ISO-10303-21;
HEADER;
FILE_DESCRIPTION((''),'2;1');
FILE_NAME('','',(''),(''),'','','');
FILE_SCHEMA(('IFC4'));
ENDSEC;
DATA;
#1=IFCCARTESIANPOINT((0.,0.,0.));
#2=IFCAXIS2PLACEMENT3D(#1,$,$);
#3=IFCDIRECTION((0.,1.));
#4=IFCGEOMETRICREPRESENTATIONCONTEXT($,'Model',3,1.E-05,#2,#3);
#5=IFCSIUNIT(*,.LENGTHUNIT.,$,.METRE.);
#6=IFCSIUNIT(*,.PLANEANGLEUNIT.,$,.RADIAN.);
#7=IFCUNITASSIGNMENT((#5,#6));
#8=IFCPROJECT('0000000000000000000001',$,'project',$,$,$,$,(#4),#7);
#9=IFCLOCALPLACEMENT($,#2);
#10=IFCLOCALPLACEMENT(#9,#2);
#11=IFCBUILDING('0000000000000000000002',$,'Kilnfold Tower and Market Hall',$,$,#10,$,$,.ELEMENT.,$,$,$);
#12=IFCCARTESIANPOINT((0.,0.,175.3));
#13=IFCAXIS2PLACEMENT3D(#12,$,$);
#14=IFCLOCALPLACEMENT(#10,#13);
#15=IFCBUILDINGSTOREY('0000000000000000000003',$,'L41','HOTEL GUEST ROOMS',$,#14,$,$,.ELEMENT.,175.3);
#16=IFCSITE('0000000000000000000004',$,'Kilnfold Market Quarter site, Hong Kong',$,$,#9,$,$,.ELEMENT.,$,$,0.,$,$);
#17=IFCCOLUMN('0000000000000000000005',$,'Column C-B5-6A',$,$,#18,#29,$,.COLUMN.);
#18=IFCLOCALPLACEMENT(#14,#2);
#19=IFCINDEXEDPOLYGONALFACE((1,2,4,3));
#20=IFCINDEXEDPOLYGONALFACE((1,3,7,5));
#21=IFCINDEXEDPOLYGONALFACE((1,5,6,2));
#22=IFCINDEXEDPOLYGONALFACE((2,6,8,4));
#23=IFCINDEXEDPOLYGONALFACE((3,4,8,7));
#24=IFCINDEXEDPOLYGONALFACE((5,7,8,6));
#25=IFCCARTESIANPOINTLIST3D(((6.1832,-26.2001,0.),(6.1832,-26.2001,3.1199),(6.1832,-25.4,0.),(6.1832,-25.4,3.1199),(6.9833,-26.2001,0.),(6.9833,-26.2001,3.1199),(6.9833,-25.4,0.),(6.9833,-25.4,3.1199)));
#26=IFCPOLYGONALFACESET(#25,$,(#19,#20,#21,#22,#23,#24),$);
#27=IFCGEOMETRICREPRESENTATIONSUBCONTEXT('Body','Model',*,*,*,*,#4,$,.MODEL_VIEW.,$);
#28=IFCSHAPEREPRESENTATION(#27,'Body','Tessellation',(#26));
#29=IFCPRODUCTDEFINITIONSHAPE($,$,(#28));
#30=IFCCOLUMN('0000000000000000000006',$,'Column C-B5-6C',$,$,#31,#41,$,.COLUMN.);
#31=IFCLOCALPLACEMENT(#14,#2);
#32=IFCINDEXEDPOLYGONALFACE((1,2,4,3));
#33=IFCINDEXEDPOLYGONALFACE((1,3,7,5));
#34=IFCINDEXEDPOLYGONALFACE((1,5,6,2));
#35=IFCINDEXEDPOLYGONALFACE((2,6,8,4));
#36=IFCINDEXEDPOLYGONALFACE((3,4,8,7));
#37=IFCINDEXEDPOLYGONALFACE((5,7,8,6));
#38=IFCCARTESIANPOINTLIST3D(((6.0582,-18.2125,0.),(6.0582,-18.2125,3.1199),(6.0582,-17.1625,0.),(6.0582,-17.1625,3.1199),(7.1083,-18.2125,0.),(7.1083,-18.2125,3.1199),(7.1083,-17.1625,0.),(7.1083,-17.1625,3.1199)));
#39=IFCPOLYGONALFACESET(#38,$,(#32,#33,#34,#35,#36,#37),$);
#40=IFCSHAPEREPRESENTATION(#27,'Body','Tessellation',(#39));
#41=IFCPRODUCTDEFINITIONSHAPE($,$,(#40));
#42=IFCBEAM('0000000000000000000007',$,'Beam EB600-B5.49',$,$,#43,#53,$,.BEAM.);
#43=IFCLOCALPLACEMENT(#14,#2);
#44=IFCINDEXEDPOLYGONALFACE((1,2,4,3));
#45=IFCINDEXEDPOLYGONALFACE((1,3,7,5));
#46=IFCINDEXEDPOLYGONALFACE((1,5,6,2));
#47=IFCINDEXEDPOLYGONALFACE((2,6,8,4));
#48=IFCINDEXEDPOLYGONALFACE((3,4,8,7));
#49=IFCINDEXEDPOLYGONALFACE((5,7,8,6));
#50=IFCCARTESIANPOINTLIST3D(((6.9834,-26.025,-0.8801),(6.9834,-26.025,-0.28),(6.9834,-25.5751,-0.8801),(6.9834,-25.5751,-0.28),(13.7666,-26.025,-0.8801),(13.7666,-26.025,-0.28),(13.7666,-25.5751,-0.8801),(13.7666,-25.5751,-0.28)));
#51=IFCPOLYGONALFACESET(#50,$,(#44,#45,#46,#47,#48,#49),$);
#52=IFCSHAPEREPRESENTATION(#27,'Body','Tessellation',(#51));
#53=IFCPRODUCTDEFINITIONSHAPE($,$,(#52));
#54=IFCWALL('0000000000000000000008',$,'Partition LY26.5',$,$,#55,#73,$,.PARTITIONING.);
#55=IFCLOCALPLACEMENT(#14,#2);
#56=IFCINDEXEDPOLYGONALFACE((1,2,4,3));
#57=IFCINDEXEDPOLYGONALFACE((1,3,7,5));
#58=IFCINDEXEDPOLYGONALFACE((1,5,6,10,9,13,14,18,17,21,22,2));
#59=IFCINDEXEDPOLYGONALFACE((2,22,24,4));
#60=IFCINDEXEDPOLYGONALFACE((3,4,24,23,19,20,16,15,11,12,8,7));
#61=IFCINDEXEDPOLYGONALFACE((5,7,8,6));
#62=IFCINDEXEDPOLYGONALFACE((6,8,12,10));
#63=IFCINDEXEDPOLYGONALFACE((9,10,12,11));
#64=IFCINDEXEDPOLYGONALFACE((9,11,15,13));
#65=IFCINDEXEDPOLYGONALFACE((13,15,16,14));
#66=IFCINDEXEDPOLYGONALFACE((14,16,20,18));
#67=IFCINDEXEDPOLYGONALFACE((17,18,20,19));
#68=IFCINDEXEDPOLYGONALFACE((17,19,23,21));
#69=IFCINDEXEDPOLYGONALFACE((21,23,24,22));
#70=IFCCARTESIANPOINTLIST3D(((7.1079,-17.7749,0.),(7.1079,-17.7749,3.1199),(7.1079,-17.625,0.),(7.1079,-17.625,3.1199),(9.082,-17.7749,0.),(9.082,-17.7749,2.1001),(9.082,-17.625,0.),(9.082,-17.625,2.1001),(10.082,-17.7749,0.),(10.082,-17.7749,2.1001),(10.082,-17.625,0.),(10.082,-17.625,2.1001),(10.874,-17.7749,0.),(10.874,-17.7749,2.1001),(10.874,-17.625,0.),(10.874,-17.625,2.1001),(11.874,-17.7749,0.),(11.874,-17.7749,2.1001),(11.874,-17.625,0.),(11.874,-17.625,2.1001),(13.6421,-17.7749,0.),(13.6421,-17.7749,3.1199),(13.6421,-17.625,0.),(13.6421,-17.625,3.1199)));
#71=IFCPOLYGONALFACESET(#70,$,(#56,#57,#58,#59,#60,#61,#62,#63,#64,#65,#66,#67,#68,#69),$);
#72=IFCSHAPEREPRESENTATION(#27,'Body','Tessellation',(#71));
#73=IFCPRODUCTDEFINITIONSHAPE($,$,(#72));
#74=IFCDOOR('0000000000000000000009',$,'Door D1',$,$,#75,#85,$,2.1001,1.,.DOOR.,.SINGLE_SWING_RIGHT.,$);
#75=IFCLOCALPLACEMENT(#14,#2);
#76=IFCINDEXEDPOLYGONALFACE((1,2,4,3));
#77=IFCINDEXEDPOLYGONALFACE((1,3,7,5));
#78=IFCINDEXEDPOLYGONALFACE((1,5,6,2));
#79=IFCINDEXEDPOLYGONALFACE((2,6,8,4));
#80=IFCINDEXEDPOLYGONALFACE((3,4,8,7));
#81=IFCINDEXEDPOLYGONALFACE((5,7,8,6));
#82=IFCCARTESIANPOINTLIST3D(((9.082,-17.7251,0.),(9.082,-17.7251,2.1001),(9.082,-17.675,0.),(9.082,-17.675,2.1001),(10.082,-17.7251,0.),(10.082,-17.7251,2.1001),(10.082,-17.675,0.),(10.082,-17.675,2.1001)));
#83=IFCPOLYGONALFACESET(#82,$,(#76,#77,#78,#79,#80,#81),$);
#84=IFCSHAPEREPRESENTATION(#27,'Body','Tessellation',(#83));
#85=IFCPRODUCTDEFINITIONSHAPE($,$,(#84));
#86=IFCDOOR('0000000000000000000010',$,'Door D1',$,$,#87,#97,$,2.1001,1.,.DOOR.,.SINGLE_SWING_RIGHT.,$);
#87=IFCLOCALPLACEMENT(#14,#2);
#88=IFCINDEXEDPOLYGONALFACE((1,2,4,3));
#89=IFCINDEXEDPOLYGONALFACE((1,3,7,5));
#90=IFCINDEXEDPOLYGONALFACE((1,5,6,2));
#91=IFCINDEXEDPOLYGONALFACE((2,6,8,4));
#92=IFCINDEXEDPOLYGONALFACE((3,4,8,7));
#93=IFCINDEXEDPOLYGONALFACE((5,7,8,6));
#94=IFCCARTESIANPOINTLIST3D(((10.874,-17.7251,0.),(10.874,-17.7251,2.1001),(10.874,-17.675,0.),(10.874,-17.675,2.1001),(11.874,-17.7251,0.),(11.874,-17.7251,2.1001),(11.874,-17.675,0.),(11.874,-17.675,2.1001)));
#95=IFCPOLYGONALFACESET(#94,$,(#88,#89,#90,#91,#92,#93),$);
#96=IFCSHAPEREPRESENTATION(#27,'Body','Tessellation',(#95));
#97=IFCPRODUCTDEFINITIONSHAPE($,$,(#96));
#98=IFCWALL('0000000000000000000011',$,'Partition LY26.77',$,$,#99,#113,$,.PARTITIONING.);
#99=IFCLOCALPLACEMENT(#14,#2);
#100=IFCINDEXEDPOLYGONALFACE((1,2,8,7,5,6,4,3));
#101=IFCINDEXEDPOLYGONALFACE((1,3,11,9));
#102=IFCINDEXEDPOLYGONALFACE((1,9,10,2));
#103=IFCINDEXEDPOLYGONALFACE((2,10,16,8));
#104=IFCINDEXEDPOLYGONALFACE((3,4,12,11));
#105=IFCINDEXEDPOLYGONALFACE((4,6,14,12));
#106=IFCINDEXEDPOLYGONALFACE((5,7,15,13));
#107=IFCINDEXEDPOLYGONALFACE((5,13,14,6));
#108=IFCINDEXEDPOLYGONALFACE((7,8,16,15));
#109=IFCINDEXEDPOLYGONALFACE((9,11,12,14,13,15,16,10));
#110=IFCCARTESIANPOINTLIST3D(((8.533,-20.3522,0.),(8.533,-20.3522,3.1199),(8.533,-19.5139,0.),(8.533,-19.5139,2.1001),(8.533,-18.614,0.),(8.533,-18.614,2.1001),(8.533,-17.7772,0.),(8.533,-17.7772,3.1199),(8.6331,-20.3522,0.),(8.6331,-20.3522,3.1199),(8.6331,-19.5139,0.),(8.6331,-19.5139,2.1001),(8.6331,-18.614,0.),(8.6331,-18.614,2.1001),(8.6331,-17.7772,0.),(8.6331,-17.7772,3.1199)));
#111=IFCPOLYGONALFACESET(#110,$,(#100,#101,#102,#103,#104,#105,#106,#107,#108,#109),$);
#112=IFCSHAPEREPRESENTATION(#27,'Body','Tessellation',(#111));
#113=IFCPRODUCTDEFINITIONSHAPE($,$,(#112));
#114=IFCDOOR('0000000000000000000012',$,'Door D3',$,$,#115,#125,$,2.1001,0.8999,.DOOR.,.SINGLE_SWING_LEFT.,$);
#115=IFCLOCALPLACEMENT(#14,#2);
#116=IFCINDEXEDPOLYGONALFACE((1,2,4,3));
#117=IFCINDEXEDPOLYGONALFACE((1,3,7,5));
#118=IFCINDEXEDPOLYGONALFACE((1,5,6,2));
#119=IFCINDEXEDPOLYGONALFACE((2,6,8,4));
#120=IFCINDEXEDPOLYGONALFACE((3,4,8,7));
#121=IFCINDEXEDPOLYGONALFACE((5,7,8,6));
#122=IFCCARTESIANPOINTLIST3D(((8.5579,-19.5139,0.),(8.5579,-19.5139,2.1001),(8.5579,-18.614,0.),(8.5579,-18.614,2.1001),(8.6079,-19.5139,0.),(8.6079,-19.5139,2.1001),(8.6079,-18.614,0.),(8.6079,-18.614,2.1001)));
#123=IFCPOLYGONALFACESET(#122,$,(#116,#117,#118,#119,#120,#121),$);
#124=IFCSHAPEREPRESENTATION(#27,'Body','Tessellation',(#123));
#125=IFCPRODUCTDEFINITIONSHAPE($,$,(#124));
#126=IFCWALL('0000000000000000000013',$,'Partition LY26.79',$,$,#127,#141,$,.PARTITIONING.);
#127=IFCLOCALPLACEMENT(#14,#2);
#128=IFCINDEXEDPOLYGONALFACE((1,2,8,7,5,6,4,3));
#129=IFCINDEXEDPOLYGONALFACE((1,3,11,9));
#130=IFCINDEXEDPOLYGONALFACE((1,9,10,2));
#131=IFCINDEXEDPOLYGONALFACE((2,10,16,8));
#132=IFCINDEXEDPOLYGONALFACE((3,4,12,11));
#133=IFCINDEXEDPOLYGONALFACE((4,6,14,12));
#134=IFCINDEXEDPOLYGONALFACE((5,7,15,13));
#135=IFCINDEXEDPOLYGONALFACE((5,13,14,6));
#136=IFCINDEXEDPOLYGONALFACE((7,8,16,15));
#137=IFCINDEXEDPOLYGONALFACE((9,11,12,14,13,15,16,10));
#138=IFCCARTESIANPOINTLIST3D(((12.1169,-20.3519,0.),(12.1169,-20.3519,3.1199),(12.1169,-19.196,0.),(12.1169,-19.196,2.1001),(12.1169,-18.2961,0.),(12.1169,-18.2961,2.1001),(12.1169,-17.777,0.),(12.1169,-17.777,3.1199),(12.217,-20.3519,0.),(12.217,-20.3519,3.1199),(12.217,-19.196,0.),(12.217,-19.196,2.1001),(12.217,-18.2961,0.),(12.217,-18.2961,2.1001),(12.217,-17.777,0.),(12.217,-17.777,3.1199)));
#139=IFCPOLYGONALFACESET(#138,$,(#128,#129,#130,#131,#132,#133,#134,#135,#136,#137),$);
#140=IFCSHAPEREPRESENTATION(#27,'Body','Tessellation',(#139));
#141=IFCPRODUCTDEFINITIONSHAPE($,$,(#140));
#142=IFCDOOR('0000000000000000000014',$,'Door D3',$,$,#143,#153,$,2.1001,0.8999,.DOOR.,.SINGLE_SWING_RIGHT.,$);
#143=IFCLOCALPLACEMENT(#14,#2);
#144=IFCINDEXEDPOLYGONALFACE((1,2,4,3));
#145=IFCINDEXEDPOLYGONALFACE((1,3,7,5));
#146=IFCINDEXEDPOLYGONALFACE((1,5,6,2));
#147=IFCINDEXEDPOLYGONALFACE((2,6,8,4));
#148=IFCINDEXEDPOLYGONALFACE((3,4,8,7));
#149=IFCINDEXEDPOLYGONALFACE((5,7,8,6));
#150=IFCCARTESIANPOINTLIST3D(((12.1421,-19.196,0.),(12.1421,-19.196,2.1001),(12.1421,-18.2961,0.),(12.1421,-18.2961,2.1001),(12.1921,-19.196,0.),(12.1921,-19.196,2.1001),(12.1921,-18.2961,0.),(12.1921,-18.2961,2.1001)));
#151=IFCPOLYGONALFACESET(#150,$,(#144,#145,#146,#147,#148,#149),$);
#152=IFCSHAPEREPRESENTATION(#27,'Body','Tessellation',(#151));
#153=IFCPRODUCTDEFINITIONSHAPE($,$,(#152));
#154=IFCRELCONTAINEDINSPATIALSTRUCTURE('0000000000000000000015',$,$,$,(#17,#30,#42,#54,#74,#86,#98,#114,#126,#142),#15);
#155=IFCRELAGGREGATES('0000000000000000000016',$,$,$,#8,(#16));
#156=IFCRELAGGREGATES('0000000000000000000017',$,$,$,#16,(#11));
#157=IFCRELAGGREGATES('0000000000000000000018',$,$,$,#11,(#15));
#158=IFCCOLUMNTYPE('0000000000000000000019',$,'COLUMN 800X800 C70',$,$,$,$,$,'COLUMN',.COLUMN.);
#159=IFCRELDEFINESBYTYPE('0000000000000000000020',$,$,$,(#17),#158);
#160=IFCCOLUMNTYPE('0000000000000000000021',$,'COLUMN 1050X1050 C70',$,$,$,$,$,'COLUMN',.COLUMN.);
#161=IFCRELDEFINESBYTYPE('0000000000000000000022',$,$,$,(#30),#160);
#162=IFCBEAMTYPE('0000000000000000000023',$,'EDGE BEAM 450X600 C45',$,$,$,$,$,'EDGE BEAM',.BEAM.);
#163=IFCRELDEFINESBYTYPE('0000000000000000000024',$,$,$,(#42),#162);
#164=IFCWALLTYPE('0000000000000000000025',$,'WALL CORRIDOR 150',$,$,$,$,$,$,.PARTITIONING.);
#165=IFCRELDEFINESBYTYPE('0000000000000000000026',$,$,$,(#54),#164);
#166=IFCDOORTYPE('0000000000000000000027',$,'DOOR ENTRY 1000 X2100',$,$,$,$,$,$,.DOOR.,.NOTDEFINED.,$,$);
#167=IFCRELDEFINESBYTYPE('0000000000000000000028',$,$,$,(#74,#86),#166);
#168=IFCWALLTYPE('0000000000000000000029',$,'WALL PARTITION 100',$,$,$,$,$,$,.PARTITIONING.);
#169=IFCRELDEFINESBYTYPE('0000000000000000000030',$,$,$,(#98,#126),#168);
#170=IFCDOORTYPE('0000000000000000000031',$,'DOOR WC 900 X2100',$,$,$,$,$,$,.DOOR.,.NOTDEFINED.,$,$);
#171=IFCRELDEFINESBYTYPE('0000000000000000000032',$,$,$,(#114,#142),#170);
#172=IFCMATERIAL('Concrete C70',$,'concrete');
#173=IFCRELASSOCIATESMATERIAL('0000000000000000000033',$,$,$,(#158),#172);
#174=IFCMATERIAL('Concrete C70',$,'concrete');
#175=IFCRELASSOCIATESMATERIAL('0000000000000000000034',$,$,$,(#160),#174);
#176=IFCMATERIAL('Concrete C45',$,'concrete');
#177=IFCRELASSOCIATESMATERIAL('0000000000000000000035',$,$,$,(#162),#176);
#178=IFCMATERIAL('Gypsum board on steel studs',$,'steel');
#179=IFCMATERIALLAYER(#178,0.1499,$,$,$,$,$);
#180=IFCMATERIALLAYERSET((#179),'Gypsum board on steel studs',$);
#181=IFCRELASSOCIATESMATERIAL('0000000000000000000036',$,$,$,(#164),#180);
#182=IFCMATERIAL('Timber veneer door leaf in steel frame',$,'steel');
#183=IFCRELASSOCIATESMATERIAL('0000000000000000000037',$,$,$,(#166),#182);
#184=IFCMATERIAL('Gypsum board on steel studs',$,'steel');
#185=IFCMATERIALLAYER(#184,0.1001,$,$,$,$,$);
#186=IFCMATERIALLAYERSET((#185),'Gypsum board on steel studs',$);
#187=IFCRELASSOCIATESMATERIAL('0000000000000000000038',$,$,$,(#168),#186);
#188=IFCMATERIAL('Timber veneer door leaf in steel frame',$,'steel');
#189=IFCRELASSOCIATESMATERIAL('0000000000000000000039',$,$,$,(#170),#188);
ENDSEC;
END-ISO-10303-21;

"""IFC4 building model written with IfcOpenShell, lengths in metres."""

from ifc_helpers import new_model, si_unit, direction, frame, frame_2d, origin, origin_2d, place, context, subcontext, project, spatial, rectangle, extrude, source, transform, mapped, material, layer, layer_set, material_profile, profile_set, type_object, element, fill, save


model = new_model("IFC4")

# Units and contexts
model_context = context("Model", 3, precision=1e-05, world=origin(), true_north=direction((0.0, 1.0)))
body_context = subcontext(model_context, "Body", "Model", "MODEL_VIEW")
ifc_project = project(units=[si_unit("LENGTHUNIT", "METRE"), si_unit("PLANEANGLEUNIT", "RADIAN")], contexts=[model_context])

# Site, building, storey
site_placement = place(None, origin())
site = spatial("IfcSite", under=ifc_project, at=site_placement, Name="Kilnfold Market Quarter site, Hong Kong", CompositionType="ELEMENT", RefElevation=0.0)
building_placement = place(site_placement, origin())
building = spatial("IfcBuilding", under=site, at=building_placement, Name="Kilnfold Tower and Market Hall", CompositionType="ELEMENT")
storey_placement = place(building_placement, frame((0.0, 0.0, 175.3)))
storey = spatial("IfcBuildingStorey", under=building, at=storey_placement, Name="L41", Description="HOTEL GUEST ROOMS", CompositionType="ELEMENT", Elevation=175.3)

# Columns
ifc_material_1 = material(Name="Concrete C70", Category="concrete")
ifc_material_profile_1 = material_profile(ifc_material_1, rectangle(XDim=0.8, YDim=0.8, at=origin_2d()), Name="RC 800x800")
ifc_profile_set_1 = profile_set([ifc_material_profile_1], Name="Concrete C70")
column_type_1 = type_object("IfcColumnType", Name="COLUMN 800X800 C70", ElementType="COLUMN", PredefinedType="COLUMN", material=ifc_profile_set_1)
shared_shape_1 = source(origin(), body_context, "Body", "SweptSolid", [
    extrude(rectangle(XDim=0.8, YDim=0.8, at=origin_2d()), origin(), (0.0, 0.0, 1.0), 3.1199),
])
column_1_placement = place(storey_placement, frame((6.5833, -25.8, 0.0), z_axis=(0.0, 0.0, 1.0), x_axis=(1.0, 0.0, 0.0)))
element("IfcColumn", 1, at=column_1_placement, inside=storey, type_object=column_type_1, Name="Column C-B5-6A", PredefinedType="COLUMN", context=body_context, shape_type="MappedRepresentation", body=[
    mapped(shared_shape_1, transform((0.0, 0.0, 0.0))),
])
ifc_material_2 = material(Name="Concrete C70", Category="concrete")
ifc_material_profile_2 = material_profile(ifc_material_2, rectangle(XDim=1.05, YDim=1.05, at=origin_2d()), Name="RC 1050x1050")
ifc_profile_set_2 = profile_set([ifc_material_profile_2], Name="Concrete C70")
column_type_2 = type_object("IfcColumnType", Name="COLUMN 1050X1050 C70", ElementType="COLUMN", PredefinedType="COLUMN", material=ifc_profile_set_2)
shared_shape_2 = source(origin(), body_context, "Body", "SweptSolid", [
    extrude(rectangle(XDim=1.05, YDim=1.05, at=origin_2d()), origin(), (0.0, 0.0, 1.0), 3.1199),
])
column_2_placement = place(storey_placement, frame((6.5833, -17.6875, 0.0), z_axis=(0.0, 0.0, 1.0), x_axis=(1.0, 0.0, 0.0)))
element("IfcColumn", 2, at=column_2_placement, inside=storey, type_object=column_type_2, Name="Column C-B5-6C", PredefinedType="COLUMN", context=body_context, shape_type="MappedRepresentation", body=[
    mapped(shared_shape_2, transform((0.0, 0.0, 0.0))),
])

# Beam
ifc_material_3 = material(Name="Concrete C45", Category="concrete")
ifc_material_profile_3 = material_profile(ifc_material_3, rectangle(XDim=0.45, YDim=0.6001, at=origin_2d()), Name="RC 450x600")
ifc_profile_set_3 = profile_set([ifc_material_profile_3], Name="Concrete C45")
beam_type = type_object("IfcBeamType", Name="EDGE BEAM 450X600 C45", ElementType="EDGE BEAM", PredefinedType="BEAM", material=ifc_profile_set_3)
shared_shape_3 = source(origin(), body_context, "Body", "SweptSolid", [
    extrude(rectangle(XDim=0.45, YDim=0.6001, at=origin_2d()), origin(), (0.0, 0.0, 1.0), 6.7832),
])
beam_placement = place(storey_placement, frame((6.9834, -25.8, -0.5801), z_axis=(1.0, 0.0, 0.0), x_axis=(0.0, 1.0, 0.0)))
element("IfcBeam", 3, at=beam_placement, inside=storey, type_object=beam_type, Name="Beam EB600-B5.49", PredefinedType="BEAM", context=body_context, shape_type="MappedRepresentation", body=[
    mapped(shared_shape_3, transform((0.0, 0.0, 0.0))),
])

# Wall, openings, doors
ifc_material_4 = material(Name="Gypsum board on steel studs", Category="steel")
ifc_layer_1 = layer(ifc_material_4, 0.1499)
ifc_layer_set_1 = layer_set([ifc_layer_1], Name="Gypsum board on steel studs")
wall_type_1 = type_object("IfcWallType", Name="WALL CORRIDOR 150", PredefinedType="PARTITIONING", material=ifc_layer_set_1)
wall_1_placement = place(storey_placement, frame((7.1079, -17.7, 0.0), z_axis=(0.0, 0.0, 1.0), x_axis=(1.0, 0.0, 0.0)))
wall_1 = element("IfcWall", 4, at=wall_1_placement, inside=storey, type_object=wall_type_1, Name="Partition LY26.5", PredefinedType="PARTITIONING", context=body_context, shape_type="SweptSolid", body=[
    extrude(rectangle(XDim=6.5342, YDim=0.1499, at=frame_2d((3.2671, 0.0))), origin(), (0.0, 0.0, 1.0), 3.1199),
])
opening_1_placement = place(wall_1_placement, frame((1.9741, 0.0, 0.0)))
opening_1 = element("IfcOpeningElement", 5, at=opening_1_placement, cuts=wall_1, PredefinedType="OPENING", context=body_context, shape_type="SweptSolid", body=[
    extrude(rectangle(XDim=1.0, YDim=2.1001, at=frame_2d((0.5, 1.05))), frame((0.0, 0.085, 0.0), z_axis=(0.0, -1.0, 0.0), x_axis=(1.0, 0.0, 0.0)), (0.0, 0.0, 1.0), 0.1699),
])
opening_2_placement = place(wall_1_placement, frame((3.7661, 0.0, 0.0)))
opening_2 = element("IfcOpeningElement", 6, at=opening_2_placement, cuts=wall_1, PredefinedType="OPENING", context=body_context, shape_type="SweptSolid", body=[
    extrude(rectangle(XDim=1.0, YDim=2.1001, at=frame_2d((0.5, 1.05))), frame((0.0, 0.085, 0.0), z_axis=(0.0, -1.0, 0.0), x_axis=(1.0, 0.0, 0.0)), (0.0, 0.0, 1.0), 0.1699),
])
ifc_material_5 = material(Name="Timber veneer door leaf in steel frame", Category="steel")
door_type_1 = type_object("IfcDoorType", Name="DOOR ENTRY 1000 X2100", OperationType="NOTDEFINED", PredefinedType="DOOR", material=ifc_material_5)
door_1_placement = place(opening_1_placement, origin())
door_1 = element("IfcDoor", 7, at=door_1_placement, inside=storey, type_object=door_type_1, Name="Door D1", OperationType="SINGLE_SWING_RIGHT", OverallHeight=2.1001, OverallWidth=1.0, PredefinedType="DOOR", context=body_context, shape_type="SweptSolid", body=[
    extrude(rectangle(XDim=1.0, YDim=2.1001, at=frame_2d((0.5, 1.05))), frame((0.0, 0.0249, 0.0), z_axis=(0.0, -1.0, 0.0), x_axis=(1.0, 0.0, 0.0)), (0.0, 0.0, 1.0), 0.05),
])
fill(opening_1, door_1)
door_2_placement = place(opening_2_placement, origin())
door_2 = element("IfcDoor", 8, at=door_2_placement, inside=storey, type_object=door_type_1, Name="Door D1", OperationType="SINGLE_SWING_RIGHT", OverallHeight=2.1001, OverallWidth=1.0, PredefinedType="DOOR", context=body_context, shape_type="SweptSolid", body=[
    extrude(rectangle(XDim=1.0, YDim=2.1001, at=frame_2d((0.5, 1.05))), frame((0.0, 0.0249, 0.0), z_axis=(0.0, -1.0, 0.0), x_axis=(1.0, 0.0, 0.0)), (0.0, 0.0, 1.0), 0.05),
])
fill(opening_2, door_2)

# Walls, openings, doors
ifc_material_6 = material(Name="Gypsum board on steel studs", Category="steel")
ifc_layer_2 = layer(ifc_material_6, 0.1001)
ifc_layer_set_2 = layer_set([ifc_layer_2], Name="Gypsum board on steel studs")
wall_type_2 = type_object("IfcWallType", Name="WALL PARTITION 100", PredefinedType="PARTITIONING", material=ifc_layer_set_2)
wall_2_placement = place(storey_placement, frame((8.583, -17.7771, 0.0), z_axis=(0.0, 0.0, 1.0), x_axis=(0.0, -1.0, 0.0)))
wall_2 = element("IfcWall", 9, at=wall_2_placement, inside=storey, type_object=wall_type_2, Name="Partition LY26.77", PredefinedType="PARTITIONING", context=body_context, shape_type="SweptSolid", body=[
    extrude(rectangle(XDim=2.575, YDim=0.1001, at=frame_2d((1.2876, 0.0))), origin(), (0.0, 0.0, 1.0), 3.1199),
])
opening_3_placement = place(wall_2_placement, frame((0.8369, 0.0, 0.0)))
opening_3 = element("IfcOpeningElement", 10, at=opening_3_placement, cuts=wall_2, PredefinedType="OPENING", context=body_context, shape_type="SweptSolid", body=[
    extrude(rectangle(XDim=0.8999, YDim=2.1001, at=frame_2d((0.45, 1.05))), frame((0.0, 0.0601, 0.0), z_axis=(0.0, -1.0, 0.0), x_axis=(1.0, 0.0, 0.0)), (0.0, 0.0, 1.0), 0.1201),
])
ifc_material_7 = material(Name="Timber veneer door leaf in steel frame", Category="steel")
door_type_2 = type_object("IfcDoorType", Name="DOOR WC 900 X2100", OperationType="NOTDEFINED", PredefinedType="DOOR", material=ifc_material_7)
door_3_placement = place(opening_3_placement, origin())
door_3 = element("IfcDoor", 11, at=door_3_placement, inside=storey, type_object=door_type_2, Name="Door D3", OperationType="SINGLE_SWING_LEFT", OverallHeight=2.1001, OverallWidth=0.8999, PredefinedType="DOOR", context=body_context, shape_type="SweptSolid", body=[
    extrude(rectangle(XDim=0.8999, YDim=2.1001, at=frame_2d((0.45, 1.05))), frame((0.0, 0.0249, 0.0), z_axis=(0.0, -1.0, 0.0), x_axis=(1.0, 0.0, 0.0)), (0.0, 0.0, 1.0), 0.05),
])
fill(opening_3, door_3)
wall_3_placement = place(storey_placement, frame((12.167, -20.3521, 0.0), z_axis=(0.0, 0.0, 1.0), x_axis=(0.0, 1.0, 0.0)))
wall_3 = element("IfcWall", 12, at=wall_3_placement, inside=storey, type_object=wall_type_2, Name="Partition LY26.79", PredefinedType="PARTITIONING", context=body_context, shape_type="SweptSolid", body=[
    extrude(rectangle(XDim=2.575, YDim=0.1001, at=frame_2d((1.2876, 0.0))), origin(), (0.0, 0.0, 1.0), 3.1199),
])
opening_4_placement = place(wall_3_placement, frame((1.156, 0.0, 0.0)))
opening_4 = element("IfcOpeningElement", 13, at=opening_4_placement, cuts=wall_3, PredefinedType="OPENING", context=body_context, shape_type="SweptSolid", body=[
    extrude(rectangle(XDim=0.8999, YDim=2.1001, at=frame_2d((0.45, 1.05))), frame((0.0, 0.0601, 0.0), z_axis=(0.0, -1.0, 0.0), x_axis=(1.0, 0.0, 0.0)), (0.0, 0.0, 1.0), 0.1201),
])
door_4_placement = place(opening_4_placement, origin())
door_4 = element("IfcDoor", 14, at=door_4_placement, inside=storey, type_object=door_type_2, Name="Door D3", OperationType="SINGLE_SWING_RIGHT", OverallHeight=2.1001, OverallWidth=0.8999, PredefinedType="DOOR", context=body_context, shape_type="SweptSolid", body=[
    extrude(rectangle(XDim=0.8999, YDim=2.1001, at=frame_2d((0.45, 1.05))), frame((0.0, 0.0249, 0.0), z_axis=(0.0, -1.0, 0.0), x_axis=(1.0, 0.0, 0.0)), (0.0, 0.0, 1.0), 0.05),
])
fill(opening_4, door_4)

save(model, "model.ifc")
